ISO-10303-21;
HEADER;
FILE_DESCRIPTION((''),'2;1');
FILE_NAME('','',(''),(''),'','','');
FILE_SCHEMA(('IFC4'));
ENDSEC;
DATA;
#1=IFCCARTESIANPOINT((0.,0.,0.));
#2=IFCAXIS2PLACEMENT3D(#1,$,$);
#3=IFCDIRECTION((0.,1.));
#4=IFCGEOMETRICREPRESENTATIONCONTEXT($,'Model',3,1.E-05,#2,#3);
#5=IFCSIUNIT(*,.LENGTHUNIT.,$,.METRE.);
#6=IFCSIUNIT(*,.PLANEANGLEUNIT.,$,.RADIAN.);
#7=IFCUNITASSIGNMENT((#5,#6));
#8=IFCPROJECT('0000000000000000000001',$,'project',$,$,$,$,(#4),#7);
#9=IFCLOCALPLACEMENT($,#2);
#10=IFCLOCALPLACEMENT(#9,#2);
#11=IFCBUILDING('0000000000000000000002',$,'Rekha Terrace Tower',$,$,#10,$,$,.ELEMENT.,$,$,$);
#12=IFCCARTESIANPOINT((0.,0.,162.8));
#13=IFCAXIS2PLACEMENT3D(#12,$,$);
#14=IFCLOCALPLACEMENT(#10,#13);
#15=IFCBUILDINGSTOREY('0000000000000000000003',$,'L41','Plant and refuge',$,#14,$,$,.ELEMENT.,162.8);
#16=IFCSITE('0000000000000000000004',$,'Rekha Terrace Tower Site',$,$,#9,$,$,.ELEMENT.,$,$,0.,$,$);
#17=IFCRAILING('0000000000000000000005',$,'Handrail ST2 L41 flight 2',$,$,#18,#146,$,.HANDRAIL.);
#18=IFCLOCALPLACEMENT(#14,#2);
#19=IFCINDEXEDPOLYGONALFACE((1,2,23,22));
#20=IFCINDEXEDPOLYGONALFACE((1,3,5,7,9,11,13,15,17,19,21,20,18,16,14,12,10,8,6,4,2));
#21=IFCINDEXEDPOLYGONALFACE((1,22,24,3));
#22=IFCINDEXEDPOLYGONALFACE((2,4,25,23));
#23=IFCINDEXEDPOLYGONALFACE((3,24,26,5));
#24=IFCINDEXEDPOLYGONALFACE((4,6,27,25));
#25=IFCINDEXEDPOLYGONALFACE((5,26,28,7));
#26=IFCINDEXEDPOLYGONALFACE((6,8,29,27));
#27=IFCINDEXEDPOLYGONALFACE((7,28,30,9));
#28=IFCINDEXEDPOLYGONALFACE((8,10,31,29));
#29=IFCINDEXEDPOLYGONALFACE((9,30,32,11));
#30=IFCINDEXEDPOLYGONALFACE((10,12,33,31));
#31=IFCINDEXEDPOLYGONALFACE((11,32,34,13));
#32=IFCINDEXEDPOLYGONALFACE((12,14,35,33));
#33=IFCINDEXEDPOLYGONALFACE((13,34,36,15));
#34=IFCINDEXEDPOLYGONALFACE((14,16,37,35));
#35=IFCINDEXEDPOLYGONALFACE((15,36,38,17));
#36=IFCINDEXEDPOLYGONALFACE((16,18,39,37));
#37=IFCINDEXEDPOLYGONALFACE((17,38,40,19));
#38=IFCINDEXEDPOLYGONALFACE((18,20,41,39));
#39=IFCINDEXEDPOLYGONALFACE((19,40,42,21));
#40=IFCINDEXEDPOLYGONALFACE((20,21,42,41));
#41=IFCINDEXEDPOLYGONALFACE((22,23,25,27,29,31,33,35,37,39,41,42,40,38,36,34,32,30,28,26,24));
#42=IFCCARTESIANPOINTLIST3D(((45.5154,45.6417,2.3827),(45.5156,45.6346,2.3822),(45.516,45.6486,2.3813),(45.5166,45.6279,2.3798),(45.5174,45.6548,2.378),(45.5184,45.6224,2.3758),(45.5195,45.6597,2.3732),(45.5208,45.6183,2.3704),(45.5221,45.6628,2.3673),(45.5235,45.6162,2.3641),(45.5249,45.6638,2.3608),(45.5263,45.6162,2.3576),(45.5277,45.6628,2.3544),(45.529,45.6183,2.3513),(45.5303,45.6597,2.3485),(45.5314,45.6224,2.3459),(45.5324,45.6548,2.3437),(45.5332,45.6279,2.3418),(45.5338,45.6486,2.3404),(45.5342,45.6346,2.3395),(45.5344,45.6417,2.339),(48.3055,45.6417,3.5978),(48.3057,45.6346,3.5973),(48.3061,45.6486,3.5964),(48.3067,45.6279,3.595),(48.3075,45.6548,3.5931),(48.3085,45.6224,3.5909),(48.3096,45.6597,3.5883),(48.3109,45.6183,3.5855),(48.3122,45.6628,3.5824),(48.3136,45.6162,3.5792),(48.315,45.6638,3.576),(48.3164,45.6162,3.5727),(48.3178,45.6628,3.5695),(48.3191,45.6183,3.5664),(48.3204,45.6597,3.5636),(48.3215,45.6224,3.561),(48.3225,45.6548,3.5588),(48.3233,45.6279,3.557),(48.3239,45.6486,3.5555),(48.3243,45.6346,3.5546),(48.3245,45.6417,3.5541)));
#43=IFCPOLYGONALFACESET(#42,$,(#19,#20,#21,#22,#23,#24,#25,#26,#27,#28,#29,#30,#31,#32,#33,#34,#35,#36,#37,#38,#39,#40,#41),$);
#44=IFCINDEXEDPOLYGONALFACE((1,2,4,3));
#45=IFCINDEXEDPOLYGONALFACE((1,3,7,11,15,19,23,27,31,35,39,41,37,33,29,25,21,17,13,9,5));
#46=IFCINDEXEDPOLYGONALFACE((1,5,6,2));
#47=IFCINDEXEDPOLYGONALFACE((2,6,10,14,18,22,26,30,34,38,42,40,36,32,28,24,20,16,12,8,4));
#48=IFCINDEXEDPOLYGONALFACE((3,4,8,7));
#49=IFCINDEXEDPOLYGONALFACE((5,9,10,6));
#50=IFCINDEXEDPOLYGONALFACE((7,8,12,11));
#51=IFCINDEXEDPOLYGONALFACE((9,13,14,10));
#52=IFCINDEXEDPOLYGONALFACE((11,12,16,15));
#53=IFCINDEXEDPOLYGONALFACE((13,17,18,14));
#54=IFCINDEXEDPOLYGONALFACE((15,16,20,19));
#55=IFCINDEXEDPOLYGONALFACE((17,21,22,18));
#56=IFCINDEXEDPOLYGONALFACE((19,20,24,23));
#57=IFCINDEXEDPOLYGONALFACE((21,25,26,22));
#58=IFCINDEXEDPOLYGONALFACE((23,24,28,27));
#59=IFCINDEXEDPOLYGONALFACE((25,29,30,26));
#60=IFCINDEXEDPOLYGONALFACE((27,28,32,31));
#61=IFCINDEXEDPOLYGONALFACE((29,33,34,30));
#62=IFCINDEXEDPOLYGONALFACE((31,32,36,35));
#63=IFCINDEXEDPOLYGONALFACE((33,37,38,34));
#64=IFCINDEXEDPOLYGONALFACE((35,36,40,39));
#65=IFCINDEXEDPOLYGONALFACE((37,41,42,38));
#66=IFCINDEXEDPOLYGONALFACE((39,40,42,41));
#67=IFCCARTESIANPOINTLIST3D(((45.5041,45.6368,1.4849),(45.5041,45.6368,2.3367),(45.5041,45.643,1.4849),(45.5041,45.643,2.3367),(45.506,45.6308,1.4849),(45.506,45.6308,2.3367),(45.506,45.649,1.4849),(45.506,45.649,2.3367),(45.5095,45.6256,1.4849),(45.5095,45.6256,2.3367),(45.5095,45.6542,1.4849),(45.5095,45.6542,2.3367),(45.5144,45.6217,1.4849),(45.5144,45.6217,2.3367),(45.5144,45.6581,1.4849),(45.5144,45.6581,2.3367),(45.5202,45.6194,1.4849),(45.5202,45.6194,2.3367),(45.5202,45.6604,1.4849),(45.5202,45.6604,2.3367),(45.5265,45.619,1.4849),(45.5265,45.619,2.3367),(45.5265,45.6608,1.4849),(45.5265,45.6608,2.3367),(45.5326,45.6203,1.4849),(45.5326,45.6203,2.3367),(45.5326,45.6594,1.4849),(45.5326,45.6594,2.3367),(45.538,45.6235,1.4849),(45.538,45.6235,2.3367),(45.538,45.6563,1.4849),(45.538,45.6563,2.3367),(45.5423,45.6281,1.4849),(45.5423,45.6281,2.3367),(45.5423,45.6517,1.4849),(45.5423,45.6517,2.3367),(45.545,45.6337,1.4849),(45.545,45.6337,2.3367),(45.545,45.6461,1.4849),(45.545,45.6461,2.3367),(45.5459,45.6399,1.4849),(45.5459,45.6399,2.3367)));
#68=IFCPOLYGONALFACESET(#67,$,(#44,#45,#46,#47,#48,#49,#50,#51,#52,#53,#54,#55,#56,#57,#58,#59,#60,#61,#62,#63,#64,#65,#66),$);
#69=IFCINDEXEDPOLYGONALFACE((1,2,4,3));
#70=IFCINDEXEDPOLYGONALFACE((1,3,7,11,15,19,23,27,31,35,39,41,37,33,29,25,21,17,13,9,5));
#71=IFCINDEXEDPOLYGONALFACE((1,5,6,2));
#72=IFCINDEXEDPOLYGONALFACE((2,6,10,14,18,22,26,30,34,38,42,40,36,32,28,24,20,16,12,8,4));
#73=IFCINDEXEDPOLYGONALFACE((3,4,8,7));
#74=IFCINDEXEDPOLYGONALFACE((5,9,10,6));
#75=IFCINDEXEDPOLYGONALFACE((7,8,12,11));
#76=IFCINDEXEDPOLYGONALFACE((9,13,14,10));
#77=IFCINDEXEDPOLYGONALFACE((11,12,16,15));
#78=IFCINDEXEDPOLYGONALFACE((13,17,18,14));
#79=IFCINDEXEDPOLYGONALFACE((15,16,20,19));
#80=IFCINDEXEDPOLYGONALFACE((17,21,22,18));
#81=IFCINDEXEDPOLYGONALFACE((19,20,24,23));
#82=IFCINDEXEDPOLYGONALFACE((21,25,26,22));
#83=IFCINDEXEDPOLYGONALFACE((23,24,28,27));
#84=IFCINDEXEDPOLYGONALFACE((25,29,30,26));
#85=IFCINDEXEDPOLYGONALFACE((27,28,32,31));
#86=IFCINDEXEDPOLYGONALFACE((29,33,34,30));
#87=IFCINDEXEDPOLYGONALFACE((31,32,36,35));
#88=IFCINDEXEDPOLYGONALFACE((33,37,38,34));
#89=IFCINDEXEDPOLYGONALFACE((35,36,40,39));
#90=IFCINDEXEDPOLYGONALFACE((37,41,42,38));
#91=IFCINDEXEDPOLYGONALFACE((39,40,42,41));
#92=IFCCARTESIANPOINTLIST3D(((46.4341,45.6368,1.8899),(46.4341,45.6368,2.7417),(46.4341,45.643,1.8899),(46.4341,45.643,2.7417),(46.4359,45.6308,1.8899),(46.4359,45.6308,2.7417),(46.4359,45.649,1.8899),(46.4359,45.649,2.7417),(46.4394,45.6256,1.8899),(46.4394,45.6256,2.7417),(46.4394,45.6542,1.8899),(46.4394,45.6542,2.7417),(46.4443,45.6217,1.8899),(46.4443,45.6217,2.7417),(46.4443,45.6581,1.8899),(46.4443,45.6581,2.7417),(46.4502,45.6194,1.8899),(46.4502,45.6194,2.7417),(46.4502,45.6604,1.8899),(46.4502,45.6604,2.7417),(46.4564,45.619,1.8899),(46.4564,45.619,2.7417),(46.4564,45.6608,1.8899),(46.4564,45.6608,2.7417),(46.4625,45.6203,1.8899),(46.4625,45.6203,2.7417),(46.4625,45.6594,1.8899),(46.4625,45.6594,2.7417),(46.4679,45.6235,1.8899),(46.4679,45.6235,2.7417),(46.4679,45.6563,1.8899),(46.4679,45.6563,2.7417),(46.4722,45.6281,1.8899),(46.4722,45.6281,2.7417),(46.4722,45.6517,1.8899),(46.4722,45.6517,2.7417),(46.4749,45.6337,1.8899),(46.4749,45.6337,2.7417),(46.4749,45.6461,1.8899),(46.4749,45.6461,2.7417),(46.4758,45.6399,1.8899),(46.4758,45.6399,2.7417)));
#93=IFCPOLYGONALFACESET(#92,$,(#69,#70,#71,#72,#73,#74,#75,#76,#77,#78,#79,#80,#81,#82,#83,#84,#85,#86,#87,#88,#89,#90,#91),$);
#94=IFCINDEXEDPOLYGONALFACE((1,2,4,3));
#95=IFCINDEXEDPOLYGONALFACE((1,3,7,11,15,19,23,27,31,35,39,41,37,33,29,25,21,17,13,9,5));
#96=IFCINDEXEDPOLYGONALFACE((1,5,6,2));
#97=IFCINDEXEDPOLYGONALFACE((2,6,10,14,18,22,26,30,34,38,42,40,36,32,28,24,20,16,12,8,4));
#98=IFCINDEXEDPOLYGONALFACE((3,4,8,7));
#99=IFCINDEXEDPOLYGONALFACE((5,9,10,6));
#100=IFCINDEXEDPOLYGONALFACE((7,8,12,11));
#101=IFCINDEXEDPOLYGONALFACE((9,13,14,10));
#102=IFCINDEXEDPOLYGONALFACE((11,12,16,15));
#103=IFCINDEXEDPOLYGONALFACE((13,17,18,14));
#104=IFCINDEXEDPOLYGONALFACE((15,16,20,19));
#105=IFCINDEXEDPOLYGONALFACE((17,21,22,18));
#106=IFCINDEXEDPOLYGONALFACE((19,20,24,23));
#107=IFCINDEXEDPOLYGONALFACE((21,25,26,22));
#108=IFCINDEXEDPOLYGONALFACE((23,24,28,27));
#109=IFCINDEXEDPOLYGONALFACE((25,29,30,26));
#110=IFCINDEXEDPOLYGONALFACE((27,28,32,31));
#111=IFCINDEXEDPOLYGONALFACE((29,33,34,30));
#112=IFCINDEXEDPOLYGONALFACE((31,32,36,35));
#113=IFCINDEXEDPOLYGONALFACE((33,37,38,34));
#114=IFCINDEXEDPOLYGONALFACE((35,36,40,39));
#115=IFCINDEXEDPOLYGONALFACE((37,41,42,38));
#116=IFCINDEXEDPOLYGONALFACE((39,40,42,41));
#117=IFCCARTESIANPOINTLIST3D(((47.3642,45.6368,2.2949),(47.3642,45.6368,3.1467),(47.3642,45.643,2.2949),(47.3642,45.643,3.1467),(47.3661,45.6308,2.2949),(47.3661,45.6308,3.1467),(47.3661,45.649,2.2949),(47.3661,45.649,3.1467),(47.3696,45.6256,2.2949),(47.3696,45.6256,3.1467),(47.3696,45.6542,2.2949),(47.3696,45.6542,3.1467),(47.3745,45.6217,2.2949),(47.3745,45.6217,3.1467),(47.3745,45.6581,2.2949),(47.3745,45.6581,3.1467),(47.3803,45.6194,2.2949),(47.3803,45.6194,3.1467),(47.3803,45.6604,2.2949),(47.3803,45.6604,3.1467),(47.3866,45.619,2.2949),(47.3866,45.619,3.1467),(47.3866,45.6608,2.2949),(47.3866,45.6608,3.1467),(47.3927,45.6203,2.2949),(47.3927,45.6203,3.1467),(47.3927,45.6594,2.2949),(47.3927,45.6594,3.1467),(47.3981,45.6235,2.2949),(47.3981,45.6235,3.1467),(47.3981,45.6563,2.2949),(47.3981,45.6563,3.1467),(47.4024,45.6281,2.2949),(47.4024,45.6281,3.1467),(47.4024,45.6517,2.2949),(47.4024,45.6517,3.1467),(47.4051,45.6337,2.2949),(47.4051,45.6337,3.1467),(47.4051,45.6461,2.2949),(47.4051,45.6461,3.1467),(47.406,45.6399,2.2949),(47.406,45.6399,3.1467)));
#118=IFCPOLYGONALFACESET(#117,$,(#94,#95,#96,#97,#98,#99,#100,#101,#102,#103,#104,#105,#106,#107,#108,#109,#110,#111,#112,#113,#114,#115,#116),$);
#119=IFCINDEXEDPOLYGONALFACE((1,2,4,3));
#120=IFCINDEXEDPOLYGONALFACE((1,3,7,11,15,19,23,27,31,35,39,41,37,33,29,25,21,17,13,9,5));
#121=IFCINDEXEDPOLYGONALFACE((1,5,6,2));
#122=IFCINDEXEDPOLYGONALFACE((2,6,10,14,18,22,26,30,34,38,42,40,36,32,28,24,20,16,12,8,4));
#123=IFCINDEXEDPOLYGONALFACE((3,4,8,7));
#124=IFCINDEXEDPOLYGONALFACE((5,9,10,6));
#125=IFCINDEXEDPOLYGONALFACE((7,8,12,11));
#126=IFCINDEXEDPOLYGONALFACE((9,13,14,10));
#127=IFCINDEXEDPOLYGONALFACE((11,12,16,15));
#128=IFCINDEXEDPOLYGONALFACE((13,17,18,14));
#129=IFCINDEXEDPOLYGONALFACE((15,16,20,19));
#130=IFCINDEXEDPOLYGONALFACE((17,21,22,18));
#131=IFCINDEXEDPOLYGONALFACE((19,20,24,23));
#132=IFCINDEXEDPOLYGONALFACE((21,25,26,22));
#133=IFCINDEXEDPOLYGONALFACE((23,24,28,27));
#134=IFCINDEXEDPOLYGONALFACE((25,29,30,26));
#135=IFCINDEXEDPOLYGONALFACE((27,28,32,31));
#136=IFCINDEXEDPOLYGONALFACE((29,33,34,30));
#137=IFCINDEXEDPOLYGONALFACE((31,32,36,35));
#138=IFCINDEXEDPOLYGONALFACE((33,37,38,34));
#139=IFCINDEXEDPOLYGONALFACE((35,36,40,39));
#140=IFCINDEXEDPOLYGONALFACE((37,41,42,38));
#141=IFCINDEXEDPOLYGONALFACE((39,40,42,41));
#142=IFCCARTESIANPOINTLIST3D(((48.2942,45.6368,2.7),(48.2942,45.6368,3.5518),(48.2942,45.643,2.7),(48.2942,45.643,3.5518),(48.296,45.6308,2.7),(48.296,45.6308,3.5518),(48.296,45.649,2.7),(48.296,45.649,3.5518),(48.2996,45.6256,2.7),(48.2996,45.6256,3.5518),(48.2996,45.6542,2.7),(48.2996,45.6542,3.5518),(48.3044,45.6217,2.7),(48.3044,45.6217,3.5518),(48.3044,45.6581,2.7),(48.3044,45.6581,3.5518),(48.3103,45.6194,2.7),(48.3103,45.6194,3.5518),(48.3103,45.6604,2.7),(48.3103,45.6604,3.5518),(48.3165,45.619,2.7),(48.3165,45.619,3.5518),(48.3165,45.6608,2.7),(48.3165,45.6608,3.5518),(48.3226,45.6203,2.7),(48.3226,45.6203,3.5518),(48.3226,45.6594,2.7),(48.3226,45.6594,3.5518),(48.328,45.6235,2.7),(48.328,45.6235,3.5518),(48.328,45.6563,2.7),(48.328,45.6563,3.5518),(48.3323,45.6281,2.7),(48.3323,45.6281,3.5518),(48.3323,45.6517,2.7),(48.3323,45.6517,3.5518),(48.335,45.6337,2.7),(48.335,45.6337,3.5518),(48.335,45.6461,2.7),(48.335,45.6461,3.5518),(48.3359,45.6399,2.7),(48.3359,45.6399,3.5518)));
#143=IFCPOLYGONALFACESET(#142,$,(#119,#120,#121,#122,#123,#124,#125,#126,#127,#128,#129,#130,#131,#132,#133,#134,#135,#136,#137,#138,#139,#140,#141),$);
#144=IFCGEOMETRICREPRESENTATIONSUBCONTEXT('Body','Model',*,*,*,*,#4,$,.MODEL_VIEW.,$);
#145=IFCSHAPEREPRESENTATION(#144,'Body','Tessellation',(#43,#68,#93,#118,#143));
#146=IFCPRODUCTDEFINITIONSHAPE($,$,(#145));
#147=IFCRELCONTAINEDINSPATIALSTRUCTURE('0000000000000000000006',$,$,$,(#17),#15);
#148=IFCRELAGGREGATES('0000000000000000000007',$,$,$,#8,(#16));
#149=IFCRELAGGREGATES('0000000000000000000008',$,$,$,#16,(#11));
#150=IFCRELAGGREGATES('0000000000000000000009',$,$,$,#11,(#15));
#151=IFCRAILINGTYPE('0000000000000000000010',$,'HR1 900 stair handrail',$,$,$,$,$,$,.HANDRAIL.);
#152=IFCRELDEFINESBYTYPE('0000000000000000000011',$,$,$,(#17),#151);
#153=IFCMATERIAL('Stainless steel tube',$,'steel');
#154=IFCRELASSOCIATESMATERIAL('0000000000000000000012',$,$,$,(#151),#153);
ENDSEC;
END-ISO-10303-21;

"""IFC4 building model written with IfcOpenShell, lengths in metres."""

from ifc_helpers import new_model, si_unit, direction, frame, origin, origin_2d, place, context, subcontext, project, spatial, circle, extrude, material, type_object, element, save


model = new_model("IFC4")

# Units and contexts
model_context = context("Model", 3, precision=1e-05, world=origin(), true_north=direction((0.0, 1.0)))
body_context = subcontext(model_context, "Body", "Model", "MODEL_VIEW")
ifc_project = project(units=[si_unit("LENGTHUNIT", "METRE"), si_unit("PLANEANGLEUNIT", "RADIAN")], contexts=[model_context])

# Site, building, storey
site_placement = place(None, origin())
site = spatial("IfcSite", under=ifc_project, at=site_placement, Name="Rekha Terrace Tower Site", CompositionType="ELEMENT", RefElevation=0.0)
building_placement = place(site_placement, origin())
building = spatial("IfcBuilding", under=site, at=building_placement, Name="Rekha Terrace Tower", CompositionType="ELEMENT")
storey_placement = place(building_placement, frame((0.0, 0.0, 162.8)))
storey = spatial("IfcBuildingStorey", under=building, at=storey_placement, Name="L41", Description="Plant and refuge", CompositionType="ELEMENT", Elevation=162.8)

# Railing
ifc_material_1 = material(Name="Stainless steel tube", Category="steel")
railing_type_1 = type_object("IfcRailingType", Name="HR1 900 stair handrail", PredefinedType="HANDRAIL", material=ifc_material_1)
railing_1_placement = place(storey_placement, frame((45.5249, 45.6399, 1.4849)))
element("IfcRailing", 1, at=railing_1_placement, inside=storey, type_object=railing_type_1, Name="Handrail ST2 L41 flight 2", PredefinedType="HANDRAIL", context=body_context, shape_type="SweptSolid", body=[
    extrude(circle(Radius=0.0239, at=origin_2d()), frame((0.0, 0.0, 0.876), z_axis=(0.916826, 0.0, 0.399286), x_axis=(0.0, 1.0, 0.0)), (0.0, 0.0, 1.0), 3.0432),
    extrude(circle(Radius=0.021, at=origin_2d()), origin(), (0.0, 0.0, 1.0), 0.8518),
    extrude(circle(Radius=0.021, at=origin_2d()), frame((0.9299, 0.0, 0.405)), (0.0, 0.0, 1.0), 0.8518),
    extrude(circle(Radius=0.021, at=origin_2d()), frame((1.8601, 0.0, 0.8101)), (0.0, 0.0, 1.0), 0.8518),
    extrude(circle(Radius=0.021, at=origin_2d()), frame((2.79, 0.0, 1.2151)), (0.0, 0.0, 1.0), 0.8518),
])

save(model, "model.ifc")
